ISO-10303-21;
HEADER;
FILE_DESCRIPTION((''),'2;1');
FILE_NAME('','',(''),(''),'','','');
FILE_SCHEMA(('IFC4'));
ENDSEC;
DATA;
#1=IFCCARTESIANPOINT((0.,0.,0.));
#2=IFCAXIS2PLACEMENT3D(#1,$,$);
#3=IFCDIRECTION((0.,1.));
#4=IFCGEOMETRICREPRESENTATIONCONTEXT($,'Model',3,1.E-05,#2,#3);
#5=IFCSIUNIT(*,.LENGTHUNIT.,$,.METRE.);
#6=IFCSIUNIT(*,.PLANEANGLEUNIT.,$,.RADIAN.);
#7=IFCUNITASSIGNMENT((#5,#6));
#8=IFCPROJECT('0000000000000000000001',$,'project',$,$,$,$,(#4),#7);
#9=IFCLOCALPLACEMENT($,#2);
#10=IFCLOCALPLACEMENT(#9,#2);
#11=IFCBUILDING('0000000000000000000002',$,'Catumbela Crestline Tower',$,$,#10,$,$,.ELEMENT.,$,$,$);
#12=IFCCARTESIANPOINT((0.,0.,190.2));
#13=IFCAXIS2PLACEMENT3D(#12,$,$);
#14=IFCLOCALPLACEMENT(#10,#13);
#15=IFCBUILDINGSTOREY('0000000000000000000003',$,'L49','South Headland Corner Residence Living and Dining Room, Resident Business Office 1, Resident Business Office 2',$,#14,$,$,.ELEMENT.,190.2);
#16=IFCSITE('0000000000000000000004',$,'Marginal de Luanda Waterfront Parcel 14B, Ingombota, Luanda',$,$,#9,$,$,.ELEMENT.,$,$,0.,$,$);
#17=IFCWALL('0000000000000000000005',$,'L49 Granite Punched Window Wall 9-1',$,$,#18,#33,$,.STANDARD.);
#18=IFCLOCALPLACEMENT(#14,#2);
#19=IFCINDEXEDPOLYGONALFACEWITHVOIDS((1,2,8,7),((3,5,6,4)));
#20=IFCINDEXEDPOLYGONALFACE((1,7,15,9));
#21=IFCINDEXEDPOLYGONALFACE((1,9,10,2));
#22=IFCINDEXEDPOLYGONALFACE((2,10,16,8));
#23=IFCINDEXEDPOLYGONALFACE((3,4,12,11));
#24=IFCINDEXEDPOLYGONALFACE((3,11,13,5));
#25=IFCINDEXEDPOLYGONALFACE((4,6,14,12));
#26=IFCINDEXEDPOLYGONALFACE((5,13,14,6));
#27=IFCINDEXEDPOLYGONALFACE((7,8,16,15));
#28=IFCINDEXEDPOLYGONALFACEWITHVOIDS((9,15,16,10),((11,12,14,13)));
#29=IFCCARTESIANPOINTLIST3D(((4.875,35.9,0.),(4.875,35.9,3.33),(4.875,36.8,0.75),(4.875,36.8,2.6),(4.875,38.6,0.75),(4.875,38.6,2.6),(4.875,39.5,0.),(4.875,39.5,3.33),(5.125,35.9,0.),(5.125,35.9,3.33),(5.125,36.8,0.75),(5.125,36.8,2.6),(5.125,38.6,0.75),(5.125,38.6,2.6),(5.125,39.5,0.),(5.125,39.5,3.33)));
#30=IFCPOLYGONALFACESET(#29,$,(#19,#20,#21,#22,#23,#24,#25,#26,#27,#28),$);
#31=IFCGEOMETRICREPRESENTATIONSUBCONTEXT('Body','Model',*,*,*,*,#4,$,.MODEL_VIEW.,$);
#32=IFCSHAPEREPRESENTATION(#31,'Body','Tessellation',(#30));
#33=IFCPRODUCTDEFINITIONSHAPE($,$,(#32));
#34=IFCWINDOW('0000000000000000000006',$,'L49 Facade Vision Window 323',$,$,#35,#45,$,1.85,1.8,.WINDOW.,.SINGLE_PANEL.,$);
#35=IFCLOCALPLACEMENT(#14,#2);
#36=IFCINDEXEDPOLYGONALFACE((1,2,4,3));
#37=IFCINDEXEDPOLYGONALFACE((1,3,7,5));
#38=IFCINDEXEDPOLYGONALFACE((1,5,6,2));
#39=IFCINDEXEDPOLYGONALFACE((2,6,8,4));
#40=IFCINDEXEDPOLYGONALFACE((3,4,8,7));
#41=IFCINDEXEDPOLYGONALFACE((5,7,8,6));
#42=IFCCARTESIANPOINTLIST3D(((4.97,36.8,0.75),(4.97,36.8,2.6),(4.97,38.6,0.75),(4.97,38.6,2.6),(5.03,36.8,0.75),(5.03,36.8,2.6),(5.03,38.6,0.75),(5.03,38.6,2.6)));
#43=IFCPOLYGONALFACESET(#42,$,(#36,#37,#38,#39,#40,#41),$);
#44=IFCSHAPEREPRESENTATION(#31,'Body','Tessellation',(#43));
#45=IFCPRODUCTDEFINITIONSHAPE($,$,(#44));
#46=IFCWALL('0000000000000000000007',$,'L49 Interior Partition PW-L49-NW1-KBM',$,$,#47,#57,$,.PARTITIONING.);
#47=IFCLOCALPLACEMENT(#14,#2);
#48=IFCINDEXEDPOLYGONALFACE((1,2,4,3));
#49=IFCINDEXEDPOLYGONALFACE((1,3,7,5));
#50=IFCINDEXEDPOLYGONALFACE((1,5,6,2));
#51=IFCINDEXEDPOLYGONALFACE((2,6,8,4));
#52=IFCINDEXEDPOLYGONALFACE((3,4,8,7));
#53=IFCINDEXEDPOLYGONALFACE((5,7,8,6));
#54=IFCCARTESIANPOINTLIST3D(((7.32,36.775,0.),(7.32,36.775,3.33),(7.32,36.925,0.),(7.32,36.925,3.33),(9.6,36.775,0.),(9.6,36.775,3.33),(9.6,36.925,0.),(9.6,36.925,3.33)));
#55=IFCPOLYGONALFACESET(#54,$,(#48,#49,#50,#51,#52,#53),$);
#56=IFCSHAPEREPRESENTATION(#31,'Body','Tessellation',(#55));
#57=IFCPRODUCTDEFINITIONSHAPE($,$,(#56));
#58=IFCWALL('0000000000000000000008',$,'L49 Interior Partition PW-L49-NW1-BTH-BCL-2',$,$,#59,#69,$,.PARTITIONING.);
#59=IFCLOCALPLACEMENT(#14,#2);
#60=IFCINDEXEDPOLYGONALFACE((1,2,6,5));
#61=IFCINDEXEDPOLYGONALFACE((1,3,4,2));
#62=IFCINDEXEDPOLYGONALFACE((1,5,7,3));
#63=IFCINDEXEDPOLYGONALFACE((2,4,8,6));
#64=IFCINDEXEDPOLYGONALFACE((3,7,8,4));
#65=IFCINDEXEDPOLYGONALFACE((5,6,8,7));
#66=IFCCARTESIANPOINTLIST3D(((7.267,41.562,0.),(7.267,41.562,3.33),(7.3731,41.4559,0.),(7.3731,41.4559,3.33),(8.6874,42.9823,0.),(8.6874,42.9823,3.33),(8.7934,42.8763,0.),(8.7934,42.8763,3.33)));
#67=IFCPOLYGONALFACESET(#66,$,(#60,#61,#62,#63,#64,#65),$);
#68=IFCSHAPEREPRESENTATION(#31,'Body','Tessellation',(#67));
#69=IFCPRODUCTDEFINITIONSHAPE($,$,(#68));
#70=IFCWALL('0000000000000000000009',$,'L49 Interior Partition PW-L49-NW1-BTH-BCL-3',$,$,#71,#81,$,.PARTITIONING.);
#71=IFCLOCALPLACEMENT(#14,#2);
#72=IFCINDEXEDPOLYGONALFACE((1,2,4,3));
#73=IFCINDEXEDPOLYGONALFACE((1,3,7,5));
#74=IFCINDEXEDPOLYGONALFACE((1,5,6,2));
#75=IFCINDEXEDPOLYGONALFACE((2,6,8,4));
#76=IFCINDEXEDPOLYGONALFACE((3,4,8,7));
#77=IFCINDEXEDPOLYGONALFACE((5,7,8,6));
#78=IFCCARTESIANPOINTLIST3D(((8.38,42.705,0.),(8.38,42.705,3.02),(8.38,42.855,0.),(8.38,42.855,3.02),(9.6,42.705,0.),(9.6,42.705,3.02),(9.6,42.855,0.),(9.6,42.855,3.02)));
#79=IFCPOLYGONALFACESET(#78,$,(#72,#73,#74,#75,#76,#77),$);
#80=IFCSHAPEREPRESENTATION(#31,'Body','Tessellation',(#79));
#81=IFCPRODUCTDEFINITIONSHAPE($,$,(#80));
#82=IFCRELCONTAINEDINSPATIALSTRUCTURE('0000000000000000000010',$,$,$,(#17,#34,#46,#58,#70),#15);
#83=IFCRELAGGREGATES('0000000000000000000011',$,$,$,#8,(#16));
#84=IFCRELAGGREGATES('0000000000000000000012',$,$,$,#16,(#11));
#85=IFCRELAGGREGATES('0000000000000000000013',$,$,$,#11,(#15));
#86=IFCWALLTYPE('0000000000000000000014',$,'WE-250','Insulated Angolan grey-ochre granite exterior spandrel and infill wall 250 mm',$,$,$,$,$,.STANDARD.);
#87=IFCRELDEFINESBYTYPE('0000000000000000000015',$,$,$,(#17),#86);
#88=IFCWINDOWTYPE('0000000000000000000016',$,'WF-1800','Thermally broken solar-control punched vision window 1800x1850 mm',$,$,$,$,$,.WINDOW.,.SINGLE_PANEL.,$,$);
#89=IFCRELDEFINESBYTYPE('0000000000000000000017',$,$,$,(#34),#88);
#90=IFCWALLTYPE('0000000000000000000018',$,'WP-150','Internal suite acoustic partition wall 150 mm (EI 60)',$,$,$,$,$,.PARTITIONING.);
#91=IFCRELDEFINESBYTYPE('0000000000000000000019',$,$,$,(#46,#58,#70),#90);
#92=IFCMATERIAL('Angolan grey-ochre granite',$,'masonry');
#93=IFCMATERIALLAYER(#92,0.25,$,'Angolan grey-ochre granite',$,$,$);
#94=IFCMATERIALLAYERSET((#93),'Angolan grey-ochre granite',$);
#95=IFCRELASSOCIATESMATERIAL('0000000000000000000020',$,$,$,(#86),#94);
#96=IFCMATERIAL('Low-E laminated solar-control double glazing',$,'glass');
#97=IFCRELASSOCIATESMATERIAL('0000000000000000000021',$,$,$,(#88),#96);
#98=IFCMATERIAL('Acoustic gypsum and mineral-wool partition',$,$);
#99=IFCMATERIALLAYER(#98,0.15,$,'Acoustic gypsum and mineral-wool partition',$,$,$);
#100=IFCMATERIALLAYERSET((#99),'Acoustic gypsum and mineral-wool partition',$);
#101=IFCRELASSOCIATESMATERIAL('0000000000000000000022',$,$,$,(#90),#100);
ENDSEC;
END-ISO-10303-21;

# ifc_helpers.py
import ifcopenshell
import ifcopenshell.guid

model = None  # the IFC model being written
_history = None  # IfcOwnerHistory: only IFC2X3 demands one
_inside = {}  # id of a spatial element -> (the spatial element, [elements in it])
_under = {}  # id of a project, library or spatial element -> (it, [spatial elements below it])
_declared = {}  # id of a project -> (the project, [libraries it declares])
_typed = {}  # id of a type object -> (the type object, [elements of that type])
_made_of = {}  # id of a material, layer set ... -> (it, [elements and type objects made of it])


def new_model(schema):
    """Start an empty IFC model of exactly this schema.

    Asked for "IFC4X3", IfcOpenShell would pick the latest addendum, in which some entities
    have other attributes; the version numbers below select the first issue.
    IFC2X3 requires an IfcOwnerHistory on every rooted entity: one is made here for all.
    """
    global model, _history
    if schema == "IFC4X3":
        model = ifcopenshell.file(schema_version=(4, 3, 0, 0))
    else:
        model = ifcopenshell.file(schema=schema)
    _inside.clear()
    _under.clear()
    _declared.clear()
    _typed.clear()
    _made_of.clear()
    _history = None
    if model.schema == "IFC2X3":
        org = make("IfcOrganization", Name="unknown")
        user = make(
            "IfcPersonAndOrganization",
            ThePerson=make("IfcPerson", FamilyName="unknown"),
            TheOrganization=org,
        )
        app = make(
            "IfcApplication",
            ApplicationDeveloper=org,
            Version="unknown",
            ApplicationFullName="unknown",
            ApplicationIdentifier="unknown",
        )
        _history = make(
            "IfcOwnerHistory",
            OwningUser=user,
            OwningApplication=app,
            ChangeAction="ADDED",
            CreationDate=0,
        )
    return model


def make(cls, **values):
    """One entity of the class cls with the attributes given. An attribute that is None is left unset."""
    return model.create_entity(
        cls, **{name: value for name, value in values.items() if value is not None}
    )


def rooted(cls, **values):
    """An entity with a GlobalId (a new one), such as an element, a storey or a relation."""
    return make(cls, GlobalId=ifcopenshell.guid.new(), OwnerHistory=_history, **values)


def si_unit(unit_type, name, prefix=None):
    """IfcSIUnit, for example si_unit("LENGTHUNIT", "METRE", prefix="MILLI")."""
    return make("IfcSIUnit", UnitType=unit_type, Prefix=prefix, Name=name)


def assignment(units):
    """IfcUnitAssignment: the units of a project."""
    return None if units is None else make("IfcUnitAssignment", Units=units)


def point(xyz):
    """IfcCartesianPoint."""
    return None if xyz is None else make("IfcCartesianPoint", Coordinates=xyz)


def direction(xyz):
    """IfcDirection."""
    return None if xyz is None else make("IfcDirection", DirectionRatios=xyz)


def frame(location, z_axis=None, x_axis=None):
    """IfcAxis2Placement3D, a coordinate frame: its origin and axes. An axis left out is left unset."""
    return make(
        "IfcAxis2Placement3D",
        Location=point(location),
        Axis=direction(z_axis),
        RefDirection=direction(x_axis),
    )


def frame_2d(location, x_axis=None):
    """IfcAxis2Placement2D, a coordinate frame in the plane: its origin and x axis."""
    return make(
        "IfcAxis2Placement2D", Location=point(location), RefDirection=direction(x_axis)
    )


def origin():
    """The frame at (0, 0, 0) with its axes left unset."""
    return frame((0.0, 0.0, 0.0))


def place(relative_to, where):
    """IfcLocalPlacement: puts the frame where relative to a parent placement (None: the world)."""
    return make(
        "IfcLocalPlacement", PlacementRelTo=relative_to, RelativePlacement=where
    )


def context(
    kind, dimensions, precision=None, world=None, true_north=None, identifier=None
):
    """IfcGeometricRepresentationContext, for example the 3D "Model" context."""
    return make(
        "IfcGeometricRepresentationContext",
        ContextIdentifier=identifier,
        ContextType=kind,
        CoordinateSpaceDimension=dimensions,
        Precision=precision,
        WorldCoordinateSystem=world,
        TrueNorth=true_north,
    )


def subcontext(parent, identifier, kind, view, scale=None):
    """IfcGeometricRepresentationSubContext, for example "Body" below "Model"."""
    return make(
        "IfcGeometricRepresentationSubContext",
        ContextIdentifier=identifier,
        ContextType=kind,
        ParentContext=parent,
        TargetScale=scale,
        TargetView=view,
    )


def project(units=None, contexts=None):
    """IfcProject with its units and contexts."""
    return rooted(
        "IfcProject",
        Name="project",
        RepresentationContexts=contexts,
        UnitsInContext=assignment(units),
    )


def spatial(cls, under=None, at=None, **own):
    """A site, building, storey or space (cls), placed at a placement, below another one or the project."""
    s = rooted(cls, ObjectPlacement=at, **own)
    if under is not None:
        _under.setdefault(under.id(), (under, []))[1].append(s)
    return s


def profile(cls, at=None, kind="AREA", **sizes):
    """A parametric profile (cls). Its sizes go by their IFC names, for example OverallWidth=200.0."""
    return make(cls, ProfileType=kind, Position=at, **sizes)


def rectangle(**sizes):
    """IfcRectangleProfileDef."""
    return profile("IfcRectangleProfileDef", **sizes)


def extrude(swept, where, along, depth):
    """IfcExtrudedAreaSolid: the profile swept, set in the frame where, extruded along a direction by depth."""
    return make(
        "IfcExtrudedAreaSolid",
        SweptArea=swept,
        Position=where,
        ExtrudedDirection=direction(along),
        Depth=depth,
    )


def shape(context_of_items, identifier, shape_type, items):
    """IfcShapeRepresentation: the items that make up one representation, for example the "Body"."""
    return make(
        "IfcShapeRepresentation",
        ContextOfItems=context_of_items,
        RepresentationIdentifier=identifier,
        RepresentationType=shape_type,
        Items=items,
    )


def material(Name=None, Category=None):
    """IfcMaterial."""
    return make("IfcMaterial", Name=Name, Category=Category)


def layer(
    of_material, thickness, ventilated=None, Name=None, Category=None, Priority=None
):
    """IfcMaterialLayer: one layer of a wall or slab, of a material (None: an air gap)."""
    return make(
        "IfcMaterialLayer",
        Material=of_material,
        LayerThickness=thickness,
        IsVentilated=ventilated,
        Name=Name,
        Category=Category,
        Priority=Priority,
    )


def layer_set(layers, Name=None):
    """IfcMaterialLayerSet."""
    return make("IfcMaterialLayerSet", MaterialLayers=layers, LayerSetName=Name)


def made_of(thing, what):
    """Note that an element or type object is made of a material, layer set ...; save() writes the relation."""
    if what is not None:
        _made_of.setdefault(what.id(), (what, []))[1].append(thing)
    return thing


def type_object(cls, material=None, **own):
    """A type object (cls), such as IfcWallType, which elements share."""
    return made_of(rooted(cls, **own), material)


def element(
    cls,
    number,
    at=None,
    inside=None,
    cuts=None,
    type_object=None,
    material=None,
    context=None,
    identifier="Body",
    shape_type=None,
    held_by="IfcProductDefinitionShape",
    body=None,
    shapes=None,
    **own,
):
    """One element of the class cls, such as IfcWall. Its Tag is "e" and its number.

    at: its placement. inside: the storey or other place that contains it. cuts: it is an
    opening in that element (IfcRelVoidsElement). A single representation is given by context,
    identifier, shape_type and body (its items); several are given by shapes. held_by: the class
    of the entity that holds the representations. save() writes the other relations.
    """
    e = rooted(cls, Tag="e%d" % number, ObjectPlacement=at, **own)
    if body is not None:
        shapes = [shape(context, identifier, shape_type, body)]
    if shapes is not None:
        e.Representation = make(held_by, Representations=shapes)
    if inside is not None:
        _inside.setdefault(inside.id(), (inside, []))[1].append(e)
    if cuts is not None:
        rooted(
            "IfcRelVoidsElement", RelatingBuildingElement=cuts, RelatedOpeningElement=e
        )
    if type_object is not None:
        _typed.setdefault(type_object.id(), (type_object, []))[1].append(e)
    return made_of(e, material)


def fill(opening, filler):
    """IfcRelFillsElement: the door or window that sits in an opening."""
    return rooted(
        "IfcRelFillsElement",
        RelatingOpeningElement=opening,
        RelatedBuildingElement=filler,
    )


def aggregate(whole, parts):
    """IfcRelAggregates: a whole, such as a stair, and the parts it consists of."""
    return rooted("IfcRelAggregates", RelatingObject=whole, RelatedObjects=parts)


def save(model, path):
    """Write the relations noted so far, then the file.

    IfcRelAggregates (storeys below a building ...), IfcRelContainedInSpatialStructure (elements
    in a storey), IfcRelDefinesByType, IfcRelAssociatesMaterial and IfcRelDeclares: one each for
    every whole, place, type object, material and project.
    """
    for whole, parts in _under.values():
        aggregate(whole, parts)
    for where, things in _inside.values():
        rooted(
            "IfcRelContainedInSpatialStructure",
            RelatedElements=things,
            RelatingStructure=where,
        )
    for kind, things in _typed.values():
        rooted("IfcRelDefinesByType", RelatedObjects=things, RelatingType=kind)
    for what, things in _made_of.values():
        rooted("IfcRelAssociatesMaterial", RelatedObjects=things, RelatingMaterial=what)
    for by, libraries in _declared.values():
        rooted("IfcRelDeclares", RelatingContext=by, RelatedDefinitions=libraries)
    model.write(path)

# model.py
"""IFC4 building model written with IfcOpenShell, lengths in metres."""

from ifc_helpers import new_model, si_unit, direction, frame, frame_2d, origin, place, context, subcontext, project, spatial, rectangle, extrude, material, layer, layer_set, type_object, element, fill, save


model = new_model("IFC4")

# Units and contexts
model_context = context("Model", 3, precision=1e-05, world=origin(), true_north=direction((0.0, 1.0)))
body_context = subcontext(model_context, "Body", "Model", "MODEL_VIEW")
ifc_project = project(units=[si_unit("LENGTHUNIT", "METRE"), si_unit("PLANEANGLEUNIT", "RADIAN")], contexts=[model_context])

# Site, building, storey
site_placement = place(None, origin())
site = spatial("IfcSite", under=ifc_project, at=site_placement, Name="Marginal de Luanda Waterfront Parcel 14B, Ingombota, Luanda", CompositionType="ELEMENT", RefElevation=0.0)
building_placement = place(site_placement, origin())
building = spatial("IfcBuilding", under=site, at=building_placement, Name="Catumbela Crestline Tower", CompositionType="ELEMENT")
storey_placement = place(building_placement, frame((0.0, 0.0, 190.2)))
storey = spatial("IfcBuildingStorey", under=building, at=storey_placement, Name="L49", Description="South Headland Corner Residence Living and Dining Room, Resident Business Office 1, Resident Business Office 2", CompositionType="ELEMENT", Elevation=190.2)

# Shared definitions
ifc_material_1 = material(Name="Low-E laminated solar-control double glazing", Category="glass")

# Shared definitions
ifc_material_2 = material(Name="Angolan grey-ochre granite", Category="masonry")
ifc_layer_1 = layer(ifc_material_2, 0.25, Name="Angolan grey-ochre granite")
ifc_layer_set_1 = layer_set([ifc_layer_1], Name="Angolan grey-ochre granite")
wall_type_1 = type_object("IfcWallType", Name="WE-250", Description="Insulated Angolan grey-ochre granite exterior spandrel and infill wall 250 mm", PredefinedType="STANDARD", material=ifc_layer_set_1)

# Wall, opening, window
wall_1_placement = place(storey_placement, frame((5.0, 39.5, 0.0), z_axis=(0.0, 0.0, 1.0), x_axis=(0.0, -1.0, 0.0)))
wall_1 = element("IfcWall", 1, at=wall_1_placement, inside=storey, type_object=wall_type_1, Name="L49 Granite Punched Window Wall 9-1", PredefinedType="STANDARD", context=body_context, shape_type="SweptSolid", body=[
    extrude(rectangle(XDim=3.6, YDim=0.25, at=frame_2d((1.8, 0.0))), origin(), (0.0, 0.0, 1.0), 3.33),
])
opening_1_placement = place(wall_1_placement, frame((0.9, 0.0, 0.75)))
opening_1 = element("IfcOpeningElement", 2, at=opening_1_placement, cuts=wall_1, PredefinedType="OPENING", context=body_context, shape_type="SweptSolid", body=[
    extrude(rectangle(XDim=1.8, YDim=1.85, at=frame_2d((0.9, 0.925))), frame((0.0, 0.135, 0.0), z_axis=(0.0, -1.0, 0.0), x_axis=(1.0, 0.0, 0.0)), (0.0, 0.0, 1.0), 0.27),
])
window_type_1 = type_object("IfcWindowType", Name="WF-1800", Description="Thermally broken solar-control punched vision window 1800x1850 mm", PartitioningType="SINGLE_PANEL", PredefinedType="WINDOW", material=ifc_material_1)
window_1_placement = place(opening_1_placement, origin())
window_1 = element("IfcWindow", 3, at=window_1_placement, inside=storey, type_object=window_type_1, Name="L49 Facade Vision Window 323", OverallHeight=1.85, OverallWidth=1.8, PartitioningType="SINGLE_PANEL", PredefinedType="WINDOW", context=body_context, shape_type="SweptSolid", body=[
    extrude(rectangle(XDim=1.8, YDim=1.85, at=frame_2d((0.9, 0.925))), frame((0.0, 0.03, 0.0), z_axis=(0.0, -1.0, 0.0), x_axis=(1.0, 0.0, 0.0)), (0.0, 0.0, 1.0), 0.06),
])
fill(opening_1, window_1)

# Walls
ifc_material_3 = material(Name="Acoustic gypsum and mineral-wool partition")
ifc_layer_2 = layer(ifc_material_3, 0.15, Name="Acoustic gypsum and mineral-wool partition")
ifc_layer_set_2 = layer_set([ifc_layer_2], Name="Acoustic gypsum and mineral-wool partition")
wall_type_2 = type_object("IfcWallType", Name="WP-150", Description="Internal suite acoustic partition wall 150 mm (EI 60)", PredefinedType="PARTITIONING", material=ifc_layer_set_2)
wall_2_placement = place(storey_placement, frame((7.32, 36.85, 0.0), z_axis=(0.0, 0.0, 1.0), x_axis=(1.0, 0.0, 0.0)))
element("IfcWall", 4, at=wall_2_placement, inside=storey, type_object=wall_type_2, Name="L49 Interior Partition PW-L49-NW1-KBM", PredefinedType="PARTITIONING", context=body_context, shape_type="SweptSolid", body=[
    extrude(rectangle(XDim=2.28, YDim=0.15, at=frame_2d((1.14, 0.0))), origin(), (0.0, 0.0, 1.0), 3.33),
])
wall_3_placement = place(storey_placement, frame((7.32, 41.5089, 0.0), z_axis=(0.0, 0.0, 1.0), x_axis=(0.707107, 0.707107, 0.0)))
element("IfcWall", 5, at=wall_3_placement, inside=storey, type_object=wall_type_2, Name="L49 Interior Partition PW-L49-NW1-BTH-BCL-2", PredefinedType="PARTITIONING", context=body_context, shape_type="SweptSolid", body=[
    extrude(rectangle(XDim=2.0087, YDim=0.15, at=frame_2d((1.0044, 0.0))), origin(), (0.0, 0.0, 1.0), 3.33),
])
wall_4_placement = place(storey_placement, frame((8.38, 42.78, 0.0), z_axis=(0.0, 0.0, 1.0), x_axis=(1.0, 0.0, 0.0)))
element("IfcWall", 6, at=wall_4_placement, inside=storey, type_object=wall_type_2, Name="L49 Interior Partition PW-L49-NW1-BTH-BCL-3", PredefinedType="PARTITIONING", context=body_context, shape_type="SweptSolid", body=[
    extrude(rectangle(XDim=1.22, YDim=0.15, at=frame_2d((0.61, 0.0))), origin(), (0.0, 0.0, 1.0), 3.02),
])

save(model, "model.ifc")
